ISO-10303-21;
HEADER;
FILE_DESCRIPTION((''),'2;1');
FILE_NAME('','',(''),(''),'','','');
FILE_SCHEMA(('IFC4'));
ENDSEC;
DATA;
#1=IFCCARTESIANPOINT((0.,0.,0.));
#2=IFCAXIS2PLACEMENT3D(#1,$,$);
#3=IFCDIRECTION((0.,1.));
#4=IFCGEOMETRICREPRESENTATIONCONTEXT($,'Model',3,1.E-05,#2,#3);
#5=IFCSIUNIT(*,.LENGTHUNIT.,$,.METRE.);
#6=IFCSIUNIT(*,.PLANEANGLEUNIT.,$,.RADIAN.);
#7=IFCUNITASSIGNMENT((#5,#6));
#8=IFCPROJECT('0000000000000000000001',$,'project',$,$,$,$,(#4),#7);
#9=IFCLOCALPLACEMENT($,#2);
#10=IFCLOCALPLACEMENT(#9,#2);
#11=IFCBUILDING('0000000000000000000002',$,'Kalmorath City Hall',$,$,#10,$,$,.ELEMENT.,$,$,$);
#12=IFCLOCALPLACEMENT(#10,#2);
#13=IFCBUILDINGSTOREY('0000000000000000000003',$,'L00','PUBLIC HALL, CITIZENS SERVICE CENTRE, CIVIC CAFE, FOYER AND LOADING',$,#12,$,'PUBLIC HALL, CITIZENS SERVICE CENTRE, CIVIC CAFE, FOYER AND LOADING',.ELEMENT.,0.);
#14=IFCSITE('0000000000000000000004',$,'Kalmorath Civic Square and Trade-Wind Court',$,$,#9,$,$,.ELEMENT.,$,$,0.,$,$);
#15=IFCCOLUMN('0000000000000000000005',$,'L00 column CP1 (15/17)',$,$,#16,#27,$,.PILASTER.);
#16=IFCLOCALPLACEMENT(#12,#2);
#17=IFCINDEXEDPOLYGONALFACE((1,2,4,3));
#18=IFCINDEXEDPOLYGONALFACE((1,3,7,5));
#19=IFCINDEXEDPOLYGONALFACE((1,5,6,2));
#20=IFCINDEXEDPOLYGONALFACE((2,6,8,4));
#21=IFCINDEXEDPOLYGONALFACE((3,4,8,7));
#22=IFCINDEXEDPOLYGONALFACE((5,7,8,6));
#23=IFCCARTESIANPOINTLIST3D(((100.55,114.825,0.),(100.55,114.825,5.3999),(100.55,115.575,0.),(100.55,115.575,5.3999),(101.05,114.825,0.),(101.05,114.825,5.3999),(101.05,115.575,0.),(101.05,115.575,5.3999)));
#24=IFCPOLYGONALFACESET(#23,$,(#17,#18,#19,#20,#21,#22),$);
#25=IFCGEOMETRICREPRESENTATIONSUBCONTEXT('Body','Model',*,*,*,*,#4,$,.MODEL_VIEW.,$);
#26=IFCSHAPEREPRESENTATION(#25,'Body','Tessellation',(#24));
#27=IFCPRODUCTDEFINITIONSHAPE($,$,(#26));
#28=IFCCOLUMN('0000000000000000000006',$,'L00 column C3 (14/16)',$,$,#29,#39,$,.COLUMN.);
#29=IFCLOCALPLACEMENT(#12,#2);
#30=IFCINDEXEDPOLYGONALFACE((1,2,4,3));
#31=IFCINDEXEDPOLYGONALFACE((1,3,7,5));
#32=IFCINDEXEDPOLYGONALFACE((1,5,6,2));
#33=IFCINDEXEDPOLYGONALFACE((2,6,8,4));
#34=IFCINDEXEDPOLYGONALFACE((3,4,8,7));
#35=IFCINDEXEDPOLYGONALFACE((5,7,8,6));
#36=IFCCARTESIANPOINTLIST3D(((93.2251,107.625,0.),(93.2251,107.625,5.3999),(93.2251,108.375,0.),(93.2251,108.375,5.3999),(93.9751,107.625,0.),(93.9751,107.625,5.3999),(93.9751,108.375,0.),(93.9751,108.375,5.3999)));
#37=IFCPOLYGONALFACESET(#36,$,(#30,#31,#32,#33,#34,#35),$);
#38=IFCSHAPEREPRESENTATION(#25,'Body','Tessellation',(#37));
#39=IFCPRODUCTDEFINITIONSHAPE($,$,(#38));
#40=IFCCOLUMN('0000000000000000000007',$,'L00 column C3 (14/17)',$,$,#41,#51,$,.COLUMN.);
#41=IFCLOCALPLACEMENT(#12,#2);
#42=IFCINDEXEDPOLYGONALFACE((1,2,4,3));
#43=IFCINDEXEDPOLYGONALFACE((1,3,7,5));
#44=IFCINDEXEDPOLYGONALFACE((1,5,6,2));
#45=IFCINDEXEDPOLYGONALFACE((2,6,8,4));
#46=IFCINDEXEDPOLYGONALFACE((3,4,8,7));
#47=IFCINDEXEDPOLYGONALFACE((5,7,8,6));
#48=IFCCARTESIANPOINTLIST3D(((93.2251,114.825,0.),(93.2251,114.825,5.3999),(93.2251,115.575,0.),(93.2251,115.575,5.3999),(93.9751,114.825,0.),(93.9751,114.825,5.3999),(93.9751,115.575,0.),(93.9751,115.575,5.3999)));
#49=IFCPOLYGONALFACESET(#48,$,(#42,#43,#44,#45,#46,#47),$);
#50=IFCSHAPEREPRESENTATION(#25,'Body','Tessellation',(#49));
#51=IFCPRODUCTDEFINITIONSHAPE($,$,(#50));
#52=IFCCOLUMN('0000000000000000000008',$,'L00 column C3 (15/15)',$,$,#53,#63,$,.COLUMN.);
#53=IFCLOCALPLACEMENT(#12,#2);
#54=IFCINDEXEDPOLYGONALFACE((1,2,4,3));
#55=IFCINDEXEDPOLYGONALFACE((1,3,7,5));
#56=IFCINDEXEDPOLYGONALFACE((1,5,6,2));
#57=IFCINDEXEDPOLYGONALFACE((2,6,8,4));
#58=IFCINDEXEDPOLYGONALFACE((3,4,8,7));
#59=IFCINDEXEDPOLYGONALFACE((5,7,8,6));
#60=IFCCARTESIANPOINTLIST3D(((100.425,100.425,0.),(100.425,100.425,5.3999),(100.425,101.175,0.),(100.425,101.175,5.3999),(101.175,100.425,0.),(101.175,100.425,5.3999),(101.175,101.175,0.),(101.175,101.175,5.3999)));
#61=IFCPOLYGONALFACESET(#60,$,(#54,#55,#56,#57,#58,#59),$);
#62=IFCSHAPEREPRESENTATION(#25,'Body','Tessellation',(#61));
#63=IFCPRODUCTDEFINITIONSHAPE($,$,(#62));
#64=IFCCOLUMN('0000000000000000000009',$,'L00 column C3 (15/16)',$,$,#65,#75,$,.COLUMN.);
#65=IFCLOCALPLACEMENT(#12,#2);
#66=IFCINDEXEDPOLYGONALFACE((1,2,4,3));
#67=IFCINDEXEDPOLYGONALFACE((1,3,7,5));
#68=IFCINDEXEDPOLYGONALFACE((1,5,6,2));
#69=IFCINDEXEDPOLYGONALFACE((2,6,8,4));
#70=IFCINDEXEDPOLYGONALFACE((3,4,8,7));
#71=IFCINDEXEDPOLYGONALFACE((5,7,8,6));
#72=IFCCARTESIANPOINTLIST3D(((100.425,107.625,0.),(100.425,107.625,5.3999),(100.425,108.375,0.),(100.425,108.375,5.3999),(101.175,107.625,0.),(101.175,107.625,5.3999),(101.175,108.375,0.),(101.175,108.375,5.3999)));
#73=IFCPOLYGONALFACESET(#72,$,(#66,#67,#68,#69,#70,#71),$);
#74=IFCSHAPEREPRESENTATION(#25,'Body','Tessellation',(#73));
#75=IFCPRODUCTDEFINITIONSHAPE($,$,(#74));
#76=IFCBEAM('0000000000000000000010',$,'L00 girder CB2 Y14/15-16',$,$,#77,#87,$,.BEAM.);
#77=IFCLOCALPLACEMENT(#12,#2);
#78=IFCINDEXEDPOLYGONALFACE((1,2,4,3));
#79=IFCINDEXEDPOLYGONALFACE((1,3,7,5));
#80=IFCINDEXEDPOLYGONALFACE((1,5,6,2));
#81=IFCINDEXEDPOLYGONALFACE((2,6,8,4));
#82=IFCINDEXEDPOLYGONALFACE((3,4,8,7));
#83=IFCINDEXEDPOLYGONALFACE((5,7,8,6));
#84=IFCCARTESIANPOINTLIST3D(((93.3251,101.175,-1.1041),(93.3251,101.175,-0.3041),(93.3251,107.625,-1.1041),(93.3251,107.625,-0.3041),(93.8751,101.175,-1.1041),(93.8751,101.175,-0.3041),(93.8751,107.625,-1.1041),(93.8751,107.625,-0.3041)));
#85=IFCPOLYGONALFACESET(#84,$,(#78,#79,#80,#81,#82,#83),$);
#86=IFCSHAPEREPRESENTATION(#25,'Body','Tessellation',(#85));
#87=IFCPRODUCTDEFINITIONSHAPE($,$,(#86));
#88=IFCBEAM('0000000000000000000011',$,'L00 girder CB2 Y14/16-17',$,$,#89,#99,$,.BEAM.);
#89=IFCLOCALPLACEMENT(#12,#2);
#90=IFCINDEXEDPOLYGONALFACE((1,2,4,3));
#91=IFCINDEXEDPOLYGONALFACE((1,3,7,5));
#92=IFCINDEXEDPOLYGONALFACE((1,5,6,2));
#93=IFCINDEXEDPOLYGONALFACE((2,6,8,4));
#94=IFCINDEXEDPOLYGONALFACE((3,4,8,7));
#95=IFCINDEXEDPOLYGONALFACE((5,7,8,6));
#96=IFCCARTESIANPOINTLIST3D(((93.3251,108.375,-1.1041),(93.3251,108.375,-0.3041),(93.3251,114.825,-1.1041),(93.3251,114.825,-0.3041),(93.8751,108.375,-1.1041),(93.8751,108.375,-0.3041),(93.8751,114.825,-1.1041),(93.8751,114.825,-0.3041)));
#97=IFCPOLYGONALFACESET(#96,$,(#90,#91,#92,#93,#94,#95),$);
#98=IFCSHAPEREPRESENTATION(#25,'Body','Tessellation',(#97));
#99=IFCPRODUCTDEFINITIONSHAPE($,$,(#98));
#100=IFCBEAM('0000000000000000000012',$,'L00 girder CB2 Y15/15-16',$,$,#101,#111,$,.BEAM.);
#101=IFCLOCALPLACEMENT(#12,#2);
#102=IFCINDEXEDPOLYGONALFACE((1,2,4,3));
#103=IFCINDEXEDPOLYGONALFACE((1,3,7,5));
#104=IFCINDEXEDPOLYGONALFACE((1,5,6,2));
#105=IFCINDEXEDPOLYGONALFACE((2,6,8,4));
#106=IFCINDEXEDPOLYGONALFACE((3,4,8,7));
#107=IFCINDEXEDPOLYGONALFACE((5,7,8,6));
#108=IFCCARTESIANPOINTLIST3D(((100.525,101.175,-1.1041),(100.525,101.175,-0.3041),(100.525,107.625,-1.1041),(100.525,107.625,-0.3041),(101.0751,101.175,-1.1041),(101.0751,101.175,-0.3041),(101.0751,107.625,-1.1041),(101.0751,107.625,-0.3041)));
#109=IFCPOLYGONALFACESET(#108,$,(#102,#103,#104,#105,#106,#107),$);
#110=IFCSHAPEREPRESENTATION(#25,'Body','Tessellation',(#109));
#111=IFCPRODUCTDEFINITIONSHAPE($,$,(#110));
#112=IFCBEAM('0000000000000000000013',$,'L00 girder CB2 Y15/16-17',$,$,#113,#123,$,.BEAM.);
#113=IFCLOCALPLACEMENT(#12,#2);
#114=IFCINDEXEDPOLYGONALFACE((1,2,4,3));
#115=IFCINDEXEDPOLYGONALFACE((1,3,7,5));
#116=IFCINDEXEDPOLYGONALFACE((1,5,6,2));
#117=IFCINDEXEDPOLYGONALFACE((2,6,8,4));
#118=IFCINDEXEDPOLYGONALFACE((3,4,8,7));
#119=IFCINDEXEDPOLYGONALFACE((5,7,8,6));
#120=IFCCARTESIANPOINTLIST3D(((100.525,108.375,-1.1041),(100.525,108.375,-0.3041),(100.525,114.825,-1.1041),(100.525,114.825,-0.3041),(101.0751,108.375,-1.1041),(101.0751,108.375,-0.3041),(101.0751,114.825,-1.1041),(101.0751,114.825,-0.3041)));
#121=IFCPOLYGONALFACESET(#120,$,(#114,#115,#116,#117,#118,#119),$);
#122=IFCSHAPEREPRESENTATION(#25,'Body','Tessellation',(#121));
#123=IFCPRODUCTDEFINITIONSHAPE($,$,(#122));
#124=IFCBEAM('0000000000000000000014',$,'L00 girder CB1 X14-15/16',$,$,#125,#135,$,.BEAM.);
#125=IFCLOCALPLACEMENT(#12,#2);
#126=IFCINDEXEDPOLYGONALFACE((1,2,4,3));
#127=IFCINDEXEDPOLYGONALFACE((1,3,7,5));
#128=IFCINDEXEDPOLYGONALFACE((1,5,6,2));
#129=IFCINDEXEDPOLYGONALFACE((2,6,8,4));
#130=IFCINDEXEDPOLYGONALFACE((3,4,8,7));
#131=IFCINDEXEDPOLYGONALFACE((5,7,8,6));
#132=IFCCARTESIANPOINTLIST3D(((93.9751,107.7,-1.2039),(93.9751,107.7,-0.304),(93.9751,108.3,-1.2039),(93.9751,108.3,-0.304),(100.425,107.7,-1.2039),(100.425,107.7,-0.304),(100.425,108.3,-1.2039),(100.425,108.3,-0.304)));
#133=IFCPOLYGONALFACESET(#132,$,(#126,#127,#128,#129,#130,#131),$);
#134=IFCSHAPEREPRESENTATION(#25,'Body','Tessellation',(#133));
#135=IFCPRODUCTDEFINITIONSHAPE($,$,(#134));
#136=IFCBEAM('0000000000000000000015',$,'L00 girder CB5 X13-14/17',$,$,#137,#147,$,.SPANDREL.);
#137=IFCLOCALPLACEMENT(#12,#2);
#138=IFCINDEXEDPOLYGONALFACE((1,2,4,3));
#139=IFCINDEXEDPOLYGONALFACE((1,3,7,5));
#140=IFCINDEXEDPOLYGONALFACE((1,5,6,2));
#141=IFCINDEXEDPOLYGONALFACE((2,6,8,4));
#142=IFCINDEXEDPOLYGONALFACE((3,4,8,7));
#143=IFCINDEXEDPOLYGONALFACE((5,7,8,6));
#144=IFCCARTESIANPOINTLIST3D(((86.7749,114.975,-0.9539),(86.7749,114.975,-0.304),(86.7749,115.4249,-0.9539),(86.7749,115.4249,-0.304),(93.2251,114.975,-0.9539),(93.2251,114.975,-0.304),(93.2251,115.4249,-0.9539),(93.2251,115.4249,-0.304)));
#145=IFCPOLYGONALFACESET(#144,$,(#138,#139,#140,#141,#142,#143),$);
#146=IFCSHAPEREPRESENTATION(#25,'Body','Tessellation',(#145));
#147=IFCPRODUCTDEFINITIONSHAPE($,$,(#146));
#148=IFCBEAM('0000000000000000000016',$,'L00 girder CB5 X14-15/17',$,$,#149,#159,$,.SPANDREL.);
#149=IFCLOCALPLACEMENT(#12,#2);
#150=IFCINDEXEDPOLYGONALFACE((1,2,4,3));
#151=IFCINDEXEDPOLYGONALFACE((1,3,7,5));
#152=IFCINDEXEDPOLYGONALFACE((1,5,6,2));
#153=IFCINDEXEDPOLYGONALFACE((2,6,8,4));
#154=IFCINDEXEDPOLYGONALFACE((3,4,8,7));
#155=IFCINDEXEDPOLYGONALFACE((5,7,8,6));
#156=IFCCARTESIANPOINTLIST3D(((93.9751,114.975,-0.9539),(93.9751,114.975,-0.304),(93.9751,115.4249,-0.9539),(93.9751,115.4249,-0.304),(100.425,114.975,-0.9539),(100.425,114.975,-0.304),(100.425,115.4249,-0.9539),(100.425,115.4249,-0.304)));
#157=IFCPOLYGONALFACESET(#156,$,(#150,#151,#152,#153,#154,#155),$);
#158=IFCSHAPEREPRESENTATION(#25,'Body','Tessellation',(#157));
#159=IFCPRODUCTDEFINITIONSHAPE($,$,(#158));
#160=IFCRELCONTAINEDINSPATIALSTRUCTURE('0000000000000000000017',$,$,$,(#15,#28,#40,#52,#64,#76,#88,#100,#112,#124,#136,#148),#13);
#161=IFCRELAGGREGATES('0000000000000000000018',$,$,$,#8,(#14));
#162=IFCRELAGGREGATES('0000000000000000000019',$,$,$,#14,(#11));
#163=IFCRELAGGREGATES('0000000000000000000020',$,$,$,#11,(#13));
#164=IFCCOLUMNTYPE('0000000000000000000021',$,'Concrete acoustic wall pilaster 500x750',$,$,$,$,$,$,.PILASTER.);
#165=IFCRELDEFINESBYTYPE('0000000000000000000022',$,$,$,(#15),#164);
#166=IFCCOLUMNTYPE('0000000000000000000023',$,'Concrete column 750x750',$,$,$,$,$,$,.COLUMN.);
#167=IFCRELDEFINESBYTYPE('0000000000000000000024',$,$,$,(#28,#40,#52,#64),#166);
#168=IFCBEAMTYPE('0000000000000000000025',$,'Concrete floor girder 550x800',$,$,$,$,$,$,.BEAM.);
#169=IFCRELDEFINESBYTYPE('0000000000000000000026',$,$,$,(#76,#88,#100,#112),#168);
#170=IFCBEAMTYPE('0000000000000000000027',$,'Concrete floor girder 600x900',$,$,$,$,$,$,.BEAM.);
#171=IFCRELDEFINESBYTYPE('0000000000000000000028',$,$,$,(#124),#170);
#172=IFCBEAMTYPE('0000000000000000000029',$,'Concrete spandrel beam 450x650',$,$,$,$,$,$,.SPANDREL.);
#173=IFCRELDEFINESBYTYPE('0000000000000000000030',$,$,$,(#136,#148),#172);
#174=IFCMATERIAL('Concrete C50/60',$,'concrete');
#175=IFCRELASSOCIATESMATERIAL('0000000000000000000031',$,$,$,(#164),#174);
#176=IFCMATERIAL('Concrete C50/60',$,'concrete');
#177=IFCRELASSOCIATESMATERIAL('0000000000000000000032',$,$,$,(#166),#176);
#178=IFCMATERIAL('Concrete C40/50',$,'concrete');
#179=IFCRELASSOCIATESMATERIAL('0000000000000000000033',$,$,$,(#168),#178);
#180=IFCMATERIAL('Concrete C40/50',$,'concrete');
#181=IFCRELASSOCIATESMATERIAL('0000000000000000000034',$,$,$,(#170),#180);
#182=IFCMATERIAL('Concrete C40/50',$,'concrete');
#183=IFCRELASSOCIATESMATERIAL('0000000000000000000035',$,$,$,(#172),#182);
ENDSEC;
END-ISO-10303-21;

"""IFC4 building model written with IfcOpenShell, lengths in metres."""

from ifc_helpers import new_model, si_unit, direction, frame, origin, origin_2d, place, context, subcontext, project, spatial, rectangle, extrude, material, material_profile, profile_set, type_object, element, save


model = new_model("IFC4")

# Units and contexts
model_context = context("Model", 3, precision=1e-05, world=origin(), true_north=direction((0.0, 1.0)))
body_context = subcontext(model_context, "Body", "Model", "MODEL_VIEW")
ifc_project = project(units=[si_unit("LENGTHUNIT", "METRE"), si_unit("PLANEANGLEUNIT", "RADIAN")], contexts=[model_context])

# Site, building, storey
site_placement = place(None, origin())
site = spatial("IfcSite", under=ifc_project, at=site_placement, Name="Kalmorath Civic Square and Trade-Wind Court", CompositionType="ELEMENT", RefElevation=0.0)
building_placement = place(site_placement, origin())
building = spatial("IfcBuilding", under=site, at=building_placement, Name="Kalmorath City Hall", CompositionType="ELEMENT")
storey_placement = place(building_placement, origin())
storey = spatial("IfcBuildingStorey", under=building, at=storey_placement, Name="L00", Description="PUBLIC HALL, CITIZENS SERVICE CENTRE, CIVIC CAFE, FOYER AND LOADING", LongName="PUBLIC HALL, CITIZENS SERVICE CENTRE, CIVIC CAFE, FOYER AND LOADING", CompositionType="ELEMENT", Elevation=0.0)

# Columns
ifc_material_1 = material(Name="Concrete C50/60", Category="concrete")
ifc_material_profile_1 = material_profile(ifc_material_1, rectangle(XDim=0.5, YDim=0.75, at=origin_2d()), Name="RC-PIL-500X750")
ifc_profile_set_1 = profile_set([ifc_material_profile_1], Name="Concrete C50/60")
column_type_1 = type_object("IfcColumnType", Name="Concrete acoustic wall pilaster 500x750", PredefinedType="PILASTER", material=ifc_profile_set_1)
column_placement = place(storey_placement, frame((100.8, 115.2, 0.0), z_axis=(0.0, 0.0, 1.0), x_axis=(1.0, 0.0, 0.0)))
element("IfcColumn", 1, at=column_placement, inside=storey, type_object=column_type_1, Name="L00 column CP1 (15/17)", PredefinedType="PILASTER", context=body_context, shape_type="SweptSolid", body=[
    extrude(rectangle(XDim=0.5, YDim=0.75, at=origin_2d()), origin(), (0.0, 0.0, 1.0), 5.3999),
])
ifc_material_2 = material(Name="Concrete C50/60", Category="concrete")
ifc_material_profile_2 = material_profile(ifc_material_2, rectangle(XDim=0.75, YDim=0.75, at=origin_2d()), Name="RC-COL-750X750")
ifc_profile_set_2 = profile_set([ifc_material_profile_2], Name="Concrete C50/60")
column_type_2 = type_object("IfcColumnType", Name="Concrete column 750x750", PredefinedType="COLUMN", material=ifc_profile_set_2)
for number, where, z_axis, x_axis, name in (
    (2, (93.6001, 108.0, 0.0), (0.0, 0.0, 1.0), (1.0, 0.0, 0.0), "L00 column C3 (14/16)"),
    (3, (93.6001, 115.2, 0.0), (0.0, 0.0, 1.0), (1.0, 0.0, 0.0), "L00 column C3 (14/17)"),
    (4, (100.8, 100.8, 0.0), (0.0, 0.0, 1.0), (1.0, 0.0, 0.0), "L00 column C3 (15/15)"),
    (5, (100.8, 108.0, 0.0), (0.0, 0.0, 1.0), (1.0, 0.0, 0.0), "L00 column C3 (15/16)"),
):
    element("IfcColumn", number, at=place(storey_placement, frame(where, z_axis=z_axis, x_axis=x_axis)), inside=storey, type_object=column_type_2, Name=name, PredefinedType="COLUMN", context=body_context, shape_type="SweptSolid", body=[
        extrude(rectangle(XDim=0.75, YDim=0.75, at=origin_2d()), origin(), (0.0, 0.0, 1.0), 5.3999),
    ])

# Beams
ifc_material_3 = material(Name="Concrete C40/50", Category="concrete")
ifc_material_profile_3 = material_profile(ifc_material_3, rectangle(XDim=0.55, YDim=0.8, at=origin_2d()), Name="RC-BM-550X800")
ifc_profile_set_3 = profile_set([ifc_material_profile_3], Name="Concrete C40/50")
beam_type_1 = type_object("IfcBeamType", Name="Concrete floor girder 550x800", PredefinedType="BEAM", material=ifc_profile_set_3)
for number, where, z_axis, x_axis, name in (
    (6, (93.6001, 101.175, -0.7041), (0.0, 1.0, 0.0), (-1.0, 0.0, 0.0), "L00 girder CB2 Y14/15-16"),
    (7, (93.6001, 108.375, -0.7041), (0.0, 1.0, 0.0), (-1.0, 0.0, 0.0), "L00 girder CB2 Y14/16-17"),
    (8, (100.8, 101.175, -0.7041), (0.0, 1.0, 0.0), (-1.0, 0.0, 0.0), "L00 girder CB2 Y15/15-16"),
    (9, (100.8, 108.375, -0.7041), (0.0, 1.0, 0.0), (-1.0, 0.0, 0.0), "L00 girder CB2 Y15/16-17"),
):
    element("IfcBeam", number, at=place(storey_placement, frame(where, z_axis=z_axis, x_axis=x_axis)), inside=storey, type_object=beam_type_1, Name=name, PredefinedType="BEAM", context=body_context, shape_type="SweptSolid", body=[
        extrude(rectangle(XDim=0.55, YDim=0.8, at=origin_2d()), origin(), (0.0, 0.0, 1.0), 6.45),
    ])
ifc_material_4 = material(Name="Concrete C40/50", Category="concrete")
ifc_material_profile_4 = material_profile(ifc_material_4, rectangle(XDim=0.6001, YDim=0.8999, at=origin_2d()), Name="RC-BM-600X900")
ifc_profile_set_4 = profile_set([ifc_material_profile_4], Name="Concrete C40/50")
beam_type_2 = type_object("IfcBeamType", Name="Concrete floor girder 600x900", PredefinedType="BEAM", material=ifc_profile_set_4)
beam_1_placement = place(storey_placement, frame((93.9751, 108.0, -0.7539), z_axis=(1.0, 0.0, 0.0), x_axis=(0.0, 1.0, 0.0)))
element("IfcBeam", 10, at=beam_1_placement, inside=storey, type_object=beam_type_2, Name="L00 girder CB1 X14-15/16", PredefinedType="BEAM", context=body_context, shape_type="SweptSolid", body=[
    extrude(rectangle(XDim=0.6001, YDim=0.8999, at=origin_2d()), origin(), (0.0, 0.0, 1.0), 6.45),
])
ifc_material_5 = material(Name="Concrete C40/50", Category="concrete")
ifc_material_profile_5 = material_profile(ifc_material_5, rectangle(XDim=0.45, YDim=0.6499, at=origin_2d()), Name="RC-BM-450X650")
ifc_profile_set_5 = profile_set([ifc_material_profile_5], Name="Concrete C40/50")
beam_type_3 = type_object("IfcBeamType", Name="Concrete spandrel beam 450x650", PredefinedType="SPANDREL", material=ifc_profile_set_5)
beam_2_placement = place(storey_placement, frame((86.7749, 115.2, -0.6289), z_axis=(1.0, 0.0, 0.0), x_axis=(0.0, 1.0, 0.0)))
element("IfcBeam", 11, at=beam_2_placement, inside=storey, type_object=beam_type_3, Name="L00 girder CB5 X13-14/17", PredefinedType="SPANDREL", context=body_context, shape_type="SweptSolid", body=[
    extrude(rectangle(XDim=0.45, YDim=0.6499, at=origin_2d()), origin(), (0.0, 0.0, 1.0), 6.4502),
])
beam_3_placement = place(storey_placement, frame((93.9751, 115.2, -0.6289), z_axis=(1.0, 0.0, 0.0), x_axis=(0.0, 1.0, 0.0)))
element("IfcBeam", 12, at=beam_3_placement, inside=storey, type_object=beam_type_3, Name="L00 girder CB5 X14-15/17", PredefinedType="SPANDREL", context=body_context, shape_type="SweptSolid", body=[
    extrude(rectangle(XDim=0.45, YDim=0.6499, at=origin_2d()), origin(), (0.0, 0.0, 1.0), 6.45),
])

save(model, "model.ifc")
